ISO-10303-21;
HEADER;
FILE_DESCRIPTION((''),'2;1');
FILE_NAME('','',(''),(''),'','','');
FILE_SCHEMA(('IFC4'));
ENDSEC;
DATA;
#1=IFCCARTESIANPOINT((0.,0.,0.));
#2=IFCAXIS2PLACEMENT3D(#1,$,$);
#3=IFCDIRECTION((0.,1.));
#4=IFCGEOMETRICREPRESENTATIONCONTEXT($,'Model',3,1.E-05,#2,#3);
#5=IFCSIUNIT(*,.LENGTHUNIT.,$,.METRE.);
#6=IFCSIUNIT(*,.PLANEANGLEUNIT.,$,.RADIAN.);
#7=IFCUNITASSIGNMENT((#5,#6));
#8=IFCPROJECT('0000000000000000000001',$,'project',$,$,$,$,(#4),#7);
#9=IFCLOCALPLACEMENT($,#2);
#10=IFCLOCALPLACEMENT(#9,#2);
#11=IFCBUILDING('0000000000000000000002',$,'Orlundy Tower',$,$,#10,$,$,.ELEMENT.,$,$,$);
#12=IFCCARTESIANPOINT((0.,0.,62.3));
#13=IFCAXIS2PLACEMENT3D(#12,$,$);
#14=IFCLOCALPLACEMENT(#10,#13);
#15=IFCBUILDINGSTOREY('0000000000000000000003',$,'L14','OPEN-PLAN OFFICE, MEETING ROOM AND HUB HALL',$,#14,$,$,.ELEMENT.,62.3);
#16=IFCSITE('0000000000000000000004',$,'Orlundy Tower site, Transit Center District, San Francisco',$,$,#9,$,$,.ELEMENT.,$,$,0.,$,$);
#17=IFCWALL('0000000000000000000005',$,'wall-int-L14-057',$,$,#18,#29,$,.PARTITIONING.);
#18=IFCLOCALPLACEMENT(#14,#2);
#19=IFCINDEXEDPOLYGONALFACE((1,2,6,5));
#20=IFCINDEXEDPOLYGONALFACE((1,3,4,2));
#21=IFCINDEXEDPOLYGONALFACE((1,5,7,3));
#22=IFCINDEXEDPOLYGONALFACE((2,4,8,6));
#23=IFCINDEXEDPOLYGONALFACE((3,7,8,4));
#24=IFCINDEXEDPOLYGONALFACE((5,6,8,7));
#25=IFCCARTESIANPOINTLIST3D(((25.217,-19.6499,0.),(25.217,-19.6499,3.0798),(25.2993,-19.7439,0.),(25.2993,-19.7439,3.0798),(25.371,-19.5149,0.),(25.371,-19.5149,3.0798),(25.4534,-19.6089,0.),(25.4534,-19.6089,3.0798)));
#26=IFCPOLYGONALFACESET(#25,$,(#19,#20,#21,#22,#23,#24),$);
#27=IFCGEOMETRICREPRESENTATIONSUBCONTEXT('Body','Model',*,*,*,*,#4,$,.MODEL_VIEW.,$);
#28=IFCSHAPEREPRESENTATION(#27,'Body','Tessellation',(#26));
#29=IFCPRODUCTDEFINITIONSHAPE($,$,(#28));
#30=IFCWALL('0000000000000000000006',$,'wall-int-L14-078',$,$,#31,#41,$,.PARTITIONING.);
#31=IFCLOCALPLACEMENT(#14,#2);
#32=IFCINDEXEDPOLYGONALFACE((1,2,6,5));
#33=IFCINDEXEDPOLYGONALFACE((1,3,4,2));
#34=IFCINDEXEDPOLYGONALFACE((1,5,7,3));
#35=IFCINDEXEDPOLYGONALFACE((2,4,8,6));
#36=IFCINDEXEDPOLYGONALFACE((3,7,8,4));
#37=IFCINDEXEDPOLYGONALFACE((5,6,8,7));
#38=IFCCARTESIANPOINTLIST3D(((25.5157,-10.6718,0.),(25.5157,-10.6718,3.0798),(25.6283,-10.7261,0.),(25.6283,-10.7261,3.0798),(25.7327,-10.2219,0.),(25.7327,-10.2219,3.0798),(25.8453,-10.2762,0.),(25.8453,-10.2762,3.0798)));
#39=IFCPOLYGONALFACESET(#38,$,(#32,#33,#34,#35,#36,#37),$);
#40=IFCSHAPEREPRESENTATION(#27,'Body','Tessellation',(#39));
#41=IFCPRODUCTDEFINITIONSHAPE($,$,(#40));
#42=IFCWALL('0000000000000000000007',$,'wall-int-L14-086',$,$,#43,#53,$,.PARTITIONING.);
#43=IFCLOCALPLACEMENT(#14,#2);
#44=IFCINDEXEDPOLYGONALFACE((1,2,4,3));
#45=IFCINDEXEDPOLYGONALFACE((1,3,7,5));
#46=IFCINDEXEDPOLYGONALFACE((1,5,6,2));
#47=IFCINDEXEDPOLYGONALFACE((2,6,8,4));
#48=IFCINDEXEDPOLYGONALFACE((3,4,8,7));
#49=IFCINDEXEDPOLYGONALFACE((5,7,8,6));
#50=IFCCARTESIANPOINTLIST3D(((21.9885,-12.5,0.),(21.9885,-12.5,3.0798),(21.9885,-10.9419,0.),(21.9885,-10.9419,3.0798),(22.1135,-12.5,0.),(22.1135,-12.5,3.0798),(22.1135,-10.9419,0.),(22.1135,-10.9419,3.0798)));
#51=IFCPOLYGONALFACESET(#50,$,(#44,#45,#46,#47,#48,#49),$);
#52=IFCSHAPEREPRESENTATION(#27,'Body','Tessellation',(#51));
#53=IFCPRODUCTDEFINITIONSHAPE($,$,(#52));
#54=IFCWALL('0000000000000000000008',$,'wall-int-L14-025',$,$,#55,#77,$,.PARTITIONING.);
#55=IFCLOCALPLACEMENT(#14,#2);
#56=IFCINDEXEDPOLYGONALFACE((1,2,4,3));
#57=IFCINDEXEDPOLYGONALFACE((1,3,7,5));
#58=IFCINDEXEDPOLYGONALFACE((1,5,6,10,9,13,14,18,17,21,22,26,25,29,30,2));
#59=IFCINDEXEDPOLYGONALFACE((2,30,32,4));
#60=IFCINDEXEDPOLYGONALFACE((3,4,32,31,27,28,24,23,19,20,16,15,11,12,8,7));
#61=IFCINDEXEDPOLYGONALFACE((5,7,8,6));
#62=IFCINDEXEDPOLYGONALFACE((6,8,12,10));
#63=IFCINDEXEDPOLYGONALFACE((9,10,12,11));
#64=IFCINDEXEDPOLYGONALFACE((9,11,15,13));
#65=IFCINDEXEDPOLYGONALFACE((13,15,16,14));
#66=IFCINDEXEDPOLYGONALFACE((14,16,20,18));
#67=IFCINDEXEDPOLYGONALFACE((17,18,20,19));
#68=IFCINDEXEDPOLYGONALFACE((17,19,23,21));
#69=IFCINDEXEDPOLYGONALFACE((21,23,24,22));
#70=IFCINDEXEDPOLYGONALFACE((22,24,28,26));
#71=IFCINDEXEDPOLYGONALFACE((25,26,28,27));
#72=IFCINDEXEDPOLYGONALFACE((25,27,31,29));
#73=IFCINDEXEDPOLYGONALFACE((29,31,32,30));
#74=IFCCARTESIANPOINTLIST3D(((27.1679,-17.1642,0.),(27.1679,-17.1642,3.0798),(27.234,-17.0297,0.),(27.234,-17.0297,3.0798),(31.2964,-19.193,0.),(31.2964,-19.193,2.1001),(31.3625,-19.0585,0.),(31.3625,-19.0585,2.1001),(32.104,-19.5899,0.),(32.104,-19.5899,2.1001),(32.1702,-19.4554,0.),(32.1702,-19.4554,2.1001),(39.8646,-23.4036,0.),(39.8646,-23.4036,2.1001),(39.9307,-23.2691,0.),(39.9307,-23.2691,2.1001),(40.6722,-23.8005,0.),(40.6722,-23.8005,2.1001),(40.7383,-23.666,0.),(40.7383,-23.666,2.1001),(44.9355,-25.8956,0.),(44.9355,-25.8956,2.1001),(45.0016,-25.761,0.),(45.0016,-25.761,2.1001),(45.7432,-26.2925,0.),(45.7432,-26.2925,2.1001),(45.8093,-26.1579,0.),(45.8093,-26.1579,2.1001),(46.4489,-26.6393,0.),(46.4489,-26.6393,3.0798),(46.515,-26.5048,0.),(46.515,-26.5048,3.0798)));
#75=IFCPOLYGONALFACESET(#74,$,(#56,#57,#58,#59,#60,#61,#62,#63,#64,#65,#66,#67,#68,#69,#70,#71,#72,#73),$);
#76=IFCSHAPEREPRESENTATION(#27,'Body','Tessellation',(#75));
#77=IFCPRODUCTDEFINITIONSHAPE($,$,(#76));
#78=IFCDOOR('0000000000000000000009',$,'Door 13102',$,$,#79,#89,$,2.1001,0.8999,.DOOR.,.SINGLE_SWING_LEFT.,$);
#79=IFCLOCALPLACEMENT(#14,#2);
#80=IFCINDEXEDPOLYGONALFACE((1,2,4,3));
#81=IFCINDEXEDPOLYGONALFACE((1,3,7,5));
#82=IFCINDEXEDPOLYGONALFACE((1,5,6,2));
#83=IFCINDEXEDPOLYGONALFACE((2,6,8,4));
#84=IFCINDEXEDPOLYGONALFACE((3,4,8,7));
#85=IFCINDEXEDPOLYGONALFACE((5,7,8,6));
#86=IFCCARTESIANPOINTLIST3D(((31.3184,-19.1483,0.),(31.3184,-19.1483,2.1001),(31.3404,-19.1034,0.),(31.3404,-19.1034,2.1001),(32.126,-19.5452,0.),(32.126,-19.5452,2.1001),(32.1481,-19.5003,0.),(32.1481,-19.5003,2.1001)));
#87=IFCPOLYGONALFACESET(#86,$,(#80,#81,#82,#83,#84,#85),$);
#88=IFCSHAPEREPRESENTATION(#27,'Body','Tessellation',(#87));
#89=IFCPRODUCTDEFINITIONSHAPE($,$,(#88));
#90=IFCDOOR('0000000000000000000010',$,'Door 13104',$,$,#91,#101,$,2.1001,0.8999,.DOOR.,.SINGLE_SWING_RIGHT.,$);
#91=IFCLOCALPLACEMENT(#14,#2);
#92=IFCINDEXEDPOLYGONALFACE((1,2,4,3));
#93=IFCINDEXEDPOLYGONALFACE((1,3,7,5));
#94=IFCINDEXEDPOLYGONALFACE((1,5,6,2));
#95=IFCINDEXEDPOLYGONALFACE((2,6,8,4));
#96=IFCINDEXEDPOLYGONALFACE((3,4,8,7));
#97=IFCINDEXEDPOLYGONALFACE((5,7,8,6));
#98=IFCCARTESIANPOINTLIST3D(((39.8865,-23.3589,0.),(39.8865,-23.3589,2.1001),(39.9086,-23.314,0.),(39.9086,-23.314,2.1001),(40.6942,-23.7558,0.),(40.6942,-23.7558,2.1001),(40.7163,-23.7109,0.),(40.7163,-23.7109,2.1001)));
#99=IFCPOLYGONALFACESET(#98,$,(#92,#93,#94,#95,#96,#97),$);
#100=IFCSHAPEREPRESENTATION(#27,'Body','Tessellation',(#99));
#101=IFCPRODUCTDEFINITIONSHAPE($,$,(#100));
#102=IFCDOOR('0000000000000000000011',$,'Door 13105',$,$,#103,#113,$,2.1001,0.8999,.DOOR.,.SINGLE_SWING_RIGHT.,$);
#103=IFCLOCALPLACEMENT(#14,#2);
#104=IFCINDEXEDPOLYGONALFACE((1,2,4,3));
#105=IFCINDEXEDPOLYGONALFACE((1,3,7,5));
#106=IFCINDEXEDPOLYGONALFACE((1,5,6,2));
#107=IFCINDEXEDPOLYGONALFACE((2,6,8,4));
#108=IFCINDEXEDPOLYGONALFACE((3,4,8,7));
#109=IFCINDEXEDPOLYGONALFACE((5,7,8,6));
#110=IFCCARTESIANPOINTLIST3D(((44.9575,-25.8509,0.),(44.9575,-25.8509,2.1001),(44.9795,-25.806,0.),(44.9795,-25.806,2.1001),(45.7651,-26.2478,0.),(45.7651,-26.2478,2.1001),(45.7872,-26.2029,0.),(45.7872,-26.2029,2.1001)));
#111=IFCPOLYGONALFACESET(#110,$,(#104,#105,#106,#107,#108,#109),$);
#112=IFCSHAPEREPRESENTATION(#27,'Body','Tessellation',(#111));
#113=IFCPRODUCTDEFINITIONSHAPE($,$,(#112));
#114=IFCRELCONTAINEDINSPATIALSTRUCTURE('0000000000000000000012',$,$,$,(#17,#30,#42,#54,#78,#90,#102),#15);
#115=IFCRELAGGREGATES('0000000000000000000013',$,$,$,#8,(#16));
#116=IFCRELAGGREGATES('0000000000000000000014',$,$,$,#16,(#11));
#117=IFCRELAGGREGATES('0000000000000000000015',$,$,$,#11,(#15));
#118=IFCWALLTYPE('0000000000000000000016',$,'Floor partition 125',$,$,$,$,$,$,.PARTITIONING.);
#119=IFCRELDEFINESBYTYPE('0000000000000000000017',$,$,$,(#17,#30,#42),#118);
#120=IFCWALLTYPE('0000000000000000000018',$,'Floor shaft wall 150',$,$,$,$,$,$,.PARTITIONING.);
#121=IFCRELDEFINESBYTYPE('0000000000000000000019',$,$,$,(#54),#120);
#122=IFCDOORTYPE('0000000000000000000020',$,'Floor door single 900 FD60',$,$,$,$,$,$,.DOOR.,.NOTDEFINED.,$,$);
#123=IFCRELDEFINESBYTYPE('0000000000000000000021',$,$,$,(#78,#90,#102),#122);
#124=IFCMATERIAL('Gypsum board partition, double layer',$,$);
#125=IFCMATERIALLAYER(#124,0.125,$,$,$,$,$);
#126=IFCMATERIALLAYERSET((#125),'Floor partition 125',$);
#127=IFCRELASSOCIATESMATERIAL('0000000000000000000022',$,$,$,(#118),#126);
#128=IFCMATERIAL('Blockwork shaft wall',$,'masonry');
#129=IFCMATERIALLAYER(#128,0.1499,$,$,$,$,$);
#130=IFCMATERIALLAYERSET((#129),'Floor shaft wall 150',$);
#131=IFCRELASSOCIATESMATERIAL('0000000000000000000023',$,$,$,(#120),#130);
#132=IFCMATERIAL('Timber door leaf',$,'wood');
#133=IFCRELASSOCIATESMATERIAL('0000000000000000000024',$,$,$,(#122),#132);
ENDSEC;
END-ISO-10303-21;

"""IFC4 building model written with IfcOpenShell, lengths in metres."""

from ifc_helpers import new_model, si_unit, direction, frame, frame_2d, origin, place, context, subcontext, project, spatial, rectangle, extrude, material, layer, layer_set, type_object, element, fill, save


model = new_model("IFC4")

# Units and contexts
model_context = context("Model", 3, precision=1e-05, world=origin(), true_north=direction((0.0, 1.0)))
body_context = subcontext(model_context, "Body", "Model", "MODEL_VIEW")
ifc_project = project(units=[si_unit("LENGTHUNIT", "METRE"), si_unit("PLANEANGLEUNIT", "RADIAN")], contexts=[model_context])

# Site, building, storey
site_placement = place(None, origin())
site = spatial("IfcSite", under=ifc_project, at=site_placement, Name="Orlundy Tower site, Transit Center District, San Francisco", CompositionType="ELEMENT", RefElevation=0.0)
building_placement = place(site_placement, origin())
building = spatial("IfcBuilding", under=site, at=building_placement, Name="Orlundy Tower", CompositionType="ELEMENT")
storey_placement = place(building_placement, frame((0.0, 0.0, 62.3)))
storey = spatial("IfcBuildingStorey", under=building, at=storey_placement, Name="L14", Description="OPEN-PLAN OFFICE, MEETING ROOM AND HUB HALL", CompositionType="ELEMENT", Elevation=62.3)

# Shared definitions
ifc_material_1 = material(Name="Gypsum board partition, double layer")
ifc_layer_1 = layer(ifc_material_1, 0.125)
ifc_layer_set_1 = layer_set([ifc_layer_1], Name="Floor partition 125")
wall_type_1 = type_object("IfcWallType", Name="Floor partition 125", PredefinedType="PARTITIONING", material=ifc_layer_set_1)

# Walls
wall_1_placement = place(storey_placement, frame((25.2581, -19.697, 0.0), z_axis=(0.0, 0.0, 1.0), x_axis=(0.75206, 0.659095, 0.0)))
element("IfcWall", 1, at=wall_1_placement, inside=storey, type_object=wall_type_1, Name="wall-int-L14-057", PredefinedType="PARTITIONING", context=body_context, shape_type="SweptSolid", body=[
    extrude(rectangle(XDim=0.2048, YDim=0.125, at=frame_2d((0.1025, 0.0))), origin(), (0.0, 0.0, 1.0), 3.0798),
])
wall_2_placement = place(storey_placement, frame((25.572, -10.699, 0.0), z_axis=(0.0, 0.0, 1.0), x_axis=(0.434462, 0.90069, 0.0)))
element("IfcWall", 2, at=wall_2_placement, inside=storey, type_object=wall_type_1, Name="wall-int-L14-078", PredefinedType="PARTITIONING", context=body_context, shape_type="SweptSolid", body=[
    extrude(rectangle(XDim=0.4995, YDim=0.125, at=frame_2d((0.2498, 0.0))), origin(), (0.0, 0.0, 1.0), 3.0798),
])
wall_3_placement = place(storey_placement, frame((22.051, -12.5, 0.0), z_axis=(0.0, 0.0, 1.0), x_axis=(0.0, 1.0, 0.0)))
element("IfcWall", 3, at=wall_3_placement, inside=storey, type_object=wall_type_1, Name="wall-int-L14-086", PredefinedType="PARTITIONING", context=body_context, shape_type="SweptSolid", body=[
    extrude(rectangle(XDim=1.5581, YDim=0.125, at=frame_2d((0.7791, 0.0))), origin(), (0.0, 0.0, 1.0), 3.0798),
])

# Wall, openings, doors
ifc_material_2 = material(Name="Blockwork shaft wall", Category="masonry")
ifc_layer_2 = layer(ifc_material_2, 0.1499)
ifc_layer_set_2 = layer_set([ifc_layer_2], Name="Floor shaft wall 150")
wall_type_2 = type_object("IfcWallType", Name="Floor shaft wall 150", PredefinedType="PARTITIONING", material=ifc_layer_set_2)
wall_4_placement = place(storey_placement, frame((27.2009, -17.0969, 0.0), z_axis=(0.0, 0.0, 1.0), x_axis=(0.897486, -0.441044, 0.0)))
wall_4 = element("IfcWall", 4, at=wall_4_placement, inside=storey, type_object=wall_type_2, Name="wall-int-L14-025", PredefinedType="PARTITIONING", context=body_context, shape_type="SweptSolid", body=[
    extrude(rectangle(XDim=21.4834, YDim=0.1499, at=frame_2d((10.7417, 0.0))), origin(), (0.0, 0.0, 1.0), 3.0798),
])
opening_1_placement = place(wall_4_placement, frame((4.6001, 0.0, 0.0)))
opening_1 = element("IfcOpeningElement", 5, at=opening_1_placement, cuts=wall_4, PredefinedType="OPENING", context=body_context, shape_type="SweptSolid", body=[
    extrude(rectangle(XDim=0.8999, YDim=2.1001, at=frame_2d((0.45, 1.05))), frame((0.0, 0.085, 0.0), z_axis=(0.0, -1.0, 0.0), x_axis=(1.0, 0.0, 0.0)), (0.0, 0.0, 1.0), 0.1699),
])
opening_2_placement = place(wall_4_placement, frame((14.147, 0.0, 0.0)))
opening_2 = element("IfcOpeningElement", 6, at=opening_2_placement, cuts=wall_4, PredefinedType="OPENING", context=body_context, shape_type="SweptSolid", body=[
    extrude(rectangle(XDim=0.8999, YDim=2.1001, at=frame_2d((0.45, 1.05))), frame((0.0, 0.085, 0.0), z_axis=(0.0, -1.0, 0.0), x_axis=(1.0, 0.0, 0.0)), (0.0, 0.0, 1.0), 0.1699),
])
opening_3_placement = place(wall_4_placement, frame((19.7971, 0.0, 0.0)))
opening_3 = element("IfcOpeningElement", 7, at=opening_3_placement, cuts=wall_4, PredefinedType="OPENING", context=body_context, shape_type="SweptSolid", body=[
    extrude(rectangle(XDim=0.8999, YDim=2.1001, at=frame_2d((0.45, 1.05))), frame((0.0, 0.085, 0.0), z_axis=(0.0, -1.0, 0.0), x_axis=(1.0, 0.0, 0.0)), (0.0, 0.0, 1.0), 0.1699),
])
ifc_material_3 = material(Name="Timber door leaf", Category="wood")
door_type_1 = type_object("IfcDoorType", Name="Floor door single 900 FD60", OperationType="NOTDEFINED", PredefinedType="DOOR", material=ifc_material_3)
door_1_placement = place(opening_1_placement, origin())
door_1 = element("IfcDoor", 8, at=door_1_placement, inside=storey, type_object=door_type_1, Name="Door 13102", OperationType="SINGLE_SWING_LEFT", OverallHeight=2.1001, OverallWidth=0.8999, PredefinedType="DOOR", context=body_context, shape_type="SweptSolid", body=[
    extrude(rectangle(XDim=0.8999, YDim=2.1001, at=frame_2d((0.45, 1.05))), frame((0.0, 0.0249, 0.0), z_axis=(0.0, -1.0, 0.0), x_axis=(1.0, 0.0, 0.0)), (0.0, 0.0, 1.0), 0.05),
])
fill(opening_1, door_1)
door_2_placement = place(opening_2_placement, origin())
door_2 = element("IfcDoor", 9, at=door_2_placement, inside=storey, type_object=door_type_1, Name="Door 13104", OperationType="SINGLE_SWING_RIGHT", OverallHeight=2.1001, OverallWidth=0.8999, PredefinedType="DOOR", context=body_context, shape_type="SweptSolid", body=[
    extrude(rectangle(XDim=0.8999, YDim=2.1001, at=frame_2d((0.45, 1.05))), frame((0.0, 0.0249, 0.0), z_axis=(0.0, -1.0, 0.0), x_axis=(1.0, 0.0, 0.0)), (0.0, 0.0, 1.0), 0.05),
])
fill(opening_2, door_2)
door_3_placement = place(opening_3_placement, origin())
door_3 = element("IfcDoor", 10, at=door_3_placement, inside=storey, type_object=door_type_1, Name="Door 13105", OperationType="SINGLE_SWING_RIGHT", OverallHeight=2.1001, OverallWidth=0.8999, PredefinedType="DOOR", context=body_context, shape_type="SweptSolid", body=[
    extrude(rectangle(XDim=0.8999, YDim=2.1001, at=frame_2d((0.45, 1.05))), frame((0.0, 0.0249, 0.0), z_axis=(0.0, -1.0, 0.0), x_axis=(1.0, 0.0, 0.0)), (0.0, 0.0, 1.0), 0.05),
])
fill(opening_3, door_3)

save(model, "model.ifc")
